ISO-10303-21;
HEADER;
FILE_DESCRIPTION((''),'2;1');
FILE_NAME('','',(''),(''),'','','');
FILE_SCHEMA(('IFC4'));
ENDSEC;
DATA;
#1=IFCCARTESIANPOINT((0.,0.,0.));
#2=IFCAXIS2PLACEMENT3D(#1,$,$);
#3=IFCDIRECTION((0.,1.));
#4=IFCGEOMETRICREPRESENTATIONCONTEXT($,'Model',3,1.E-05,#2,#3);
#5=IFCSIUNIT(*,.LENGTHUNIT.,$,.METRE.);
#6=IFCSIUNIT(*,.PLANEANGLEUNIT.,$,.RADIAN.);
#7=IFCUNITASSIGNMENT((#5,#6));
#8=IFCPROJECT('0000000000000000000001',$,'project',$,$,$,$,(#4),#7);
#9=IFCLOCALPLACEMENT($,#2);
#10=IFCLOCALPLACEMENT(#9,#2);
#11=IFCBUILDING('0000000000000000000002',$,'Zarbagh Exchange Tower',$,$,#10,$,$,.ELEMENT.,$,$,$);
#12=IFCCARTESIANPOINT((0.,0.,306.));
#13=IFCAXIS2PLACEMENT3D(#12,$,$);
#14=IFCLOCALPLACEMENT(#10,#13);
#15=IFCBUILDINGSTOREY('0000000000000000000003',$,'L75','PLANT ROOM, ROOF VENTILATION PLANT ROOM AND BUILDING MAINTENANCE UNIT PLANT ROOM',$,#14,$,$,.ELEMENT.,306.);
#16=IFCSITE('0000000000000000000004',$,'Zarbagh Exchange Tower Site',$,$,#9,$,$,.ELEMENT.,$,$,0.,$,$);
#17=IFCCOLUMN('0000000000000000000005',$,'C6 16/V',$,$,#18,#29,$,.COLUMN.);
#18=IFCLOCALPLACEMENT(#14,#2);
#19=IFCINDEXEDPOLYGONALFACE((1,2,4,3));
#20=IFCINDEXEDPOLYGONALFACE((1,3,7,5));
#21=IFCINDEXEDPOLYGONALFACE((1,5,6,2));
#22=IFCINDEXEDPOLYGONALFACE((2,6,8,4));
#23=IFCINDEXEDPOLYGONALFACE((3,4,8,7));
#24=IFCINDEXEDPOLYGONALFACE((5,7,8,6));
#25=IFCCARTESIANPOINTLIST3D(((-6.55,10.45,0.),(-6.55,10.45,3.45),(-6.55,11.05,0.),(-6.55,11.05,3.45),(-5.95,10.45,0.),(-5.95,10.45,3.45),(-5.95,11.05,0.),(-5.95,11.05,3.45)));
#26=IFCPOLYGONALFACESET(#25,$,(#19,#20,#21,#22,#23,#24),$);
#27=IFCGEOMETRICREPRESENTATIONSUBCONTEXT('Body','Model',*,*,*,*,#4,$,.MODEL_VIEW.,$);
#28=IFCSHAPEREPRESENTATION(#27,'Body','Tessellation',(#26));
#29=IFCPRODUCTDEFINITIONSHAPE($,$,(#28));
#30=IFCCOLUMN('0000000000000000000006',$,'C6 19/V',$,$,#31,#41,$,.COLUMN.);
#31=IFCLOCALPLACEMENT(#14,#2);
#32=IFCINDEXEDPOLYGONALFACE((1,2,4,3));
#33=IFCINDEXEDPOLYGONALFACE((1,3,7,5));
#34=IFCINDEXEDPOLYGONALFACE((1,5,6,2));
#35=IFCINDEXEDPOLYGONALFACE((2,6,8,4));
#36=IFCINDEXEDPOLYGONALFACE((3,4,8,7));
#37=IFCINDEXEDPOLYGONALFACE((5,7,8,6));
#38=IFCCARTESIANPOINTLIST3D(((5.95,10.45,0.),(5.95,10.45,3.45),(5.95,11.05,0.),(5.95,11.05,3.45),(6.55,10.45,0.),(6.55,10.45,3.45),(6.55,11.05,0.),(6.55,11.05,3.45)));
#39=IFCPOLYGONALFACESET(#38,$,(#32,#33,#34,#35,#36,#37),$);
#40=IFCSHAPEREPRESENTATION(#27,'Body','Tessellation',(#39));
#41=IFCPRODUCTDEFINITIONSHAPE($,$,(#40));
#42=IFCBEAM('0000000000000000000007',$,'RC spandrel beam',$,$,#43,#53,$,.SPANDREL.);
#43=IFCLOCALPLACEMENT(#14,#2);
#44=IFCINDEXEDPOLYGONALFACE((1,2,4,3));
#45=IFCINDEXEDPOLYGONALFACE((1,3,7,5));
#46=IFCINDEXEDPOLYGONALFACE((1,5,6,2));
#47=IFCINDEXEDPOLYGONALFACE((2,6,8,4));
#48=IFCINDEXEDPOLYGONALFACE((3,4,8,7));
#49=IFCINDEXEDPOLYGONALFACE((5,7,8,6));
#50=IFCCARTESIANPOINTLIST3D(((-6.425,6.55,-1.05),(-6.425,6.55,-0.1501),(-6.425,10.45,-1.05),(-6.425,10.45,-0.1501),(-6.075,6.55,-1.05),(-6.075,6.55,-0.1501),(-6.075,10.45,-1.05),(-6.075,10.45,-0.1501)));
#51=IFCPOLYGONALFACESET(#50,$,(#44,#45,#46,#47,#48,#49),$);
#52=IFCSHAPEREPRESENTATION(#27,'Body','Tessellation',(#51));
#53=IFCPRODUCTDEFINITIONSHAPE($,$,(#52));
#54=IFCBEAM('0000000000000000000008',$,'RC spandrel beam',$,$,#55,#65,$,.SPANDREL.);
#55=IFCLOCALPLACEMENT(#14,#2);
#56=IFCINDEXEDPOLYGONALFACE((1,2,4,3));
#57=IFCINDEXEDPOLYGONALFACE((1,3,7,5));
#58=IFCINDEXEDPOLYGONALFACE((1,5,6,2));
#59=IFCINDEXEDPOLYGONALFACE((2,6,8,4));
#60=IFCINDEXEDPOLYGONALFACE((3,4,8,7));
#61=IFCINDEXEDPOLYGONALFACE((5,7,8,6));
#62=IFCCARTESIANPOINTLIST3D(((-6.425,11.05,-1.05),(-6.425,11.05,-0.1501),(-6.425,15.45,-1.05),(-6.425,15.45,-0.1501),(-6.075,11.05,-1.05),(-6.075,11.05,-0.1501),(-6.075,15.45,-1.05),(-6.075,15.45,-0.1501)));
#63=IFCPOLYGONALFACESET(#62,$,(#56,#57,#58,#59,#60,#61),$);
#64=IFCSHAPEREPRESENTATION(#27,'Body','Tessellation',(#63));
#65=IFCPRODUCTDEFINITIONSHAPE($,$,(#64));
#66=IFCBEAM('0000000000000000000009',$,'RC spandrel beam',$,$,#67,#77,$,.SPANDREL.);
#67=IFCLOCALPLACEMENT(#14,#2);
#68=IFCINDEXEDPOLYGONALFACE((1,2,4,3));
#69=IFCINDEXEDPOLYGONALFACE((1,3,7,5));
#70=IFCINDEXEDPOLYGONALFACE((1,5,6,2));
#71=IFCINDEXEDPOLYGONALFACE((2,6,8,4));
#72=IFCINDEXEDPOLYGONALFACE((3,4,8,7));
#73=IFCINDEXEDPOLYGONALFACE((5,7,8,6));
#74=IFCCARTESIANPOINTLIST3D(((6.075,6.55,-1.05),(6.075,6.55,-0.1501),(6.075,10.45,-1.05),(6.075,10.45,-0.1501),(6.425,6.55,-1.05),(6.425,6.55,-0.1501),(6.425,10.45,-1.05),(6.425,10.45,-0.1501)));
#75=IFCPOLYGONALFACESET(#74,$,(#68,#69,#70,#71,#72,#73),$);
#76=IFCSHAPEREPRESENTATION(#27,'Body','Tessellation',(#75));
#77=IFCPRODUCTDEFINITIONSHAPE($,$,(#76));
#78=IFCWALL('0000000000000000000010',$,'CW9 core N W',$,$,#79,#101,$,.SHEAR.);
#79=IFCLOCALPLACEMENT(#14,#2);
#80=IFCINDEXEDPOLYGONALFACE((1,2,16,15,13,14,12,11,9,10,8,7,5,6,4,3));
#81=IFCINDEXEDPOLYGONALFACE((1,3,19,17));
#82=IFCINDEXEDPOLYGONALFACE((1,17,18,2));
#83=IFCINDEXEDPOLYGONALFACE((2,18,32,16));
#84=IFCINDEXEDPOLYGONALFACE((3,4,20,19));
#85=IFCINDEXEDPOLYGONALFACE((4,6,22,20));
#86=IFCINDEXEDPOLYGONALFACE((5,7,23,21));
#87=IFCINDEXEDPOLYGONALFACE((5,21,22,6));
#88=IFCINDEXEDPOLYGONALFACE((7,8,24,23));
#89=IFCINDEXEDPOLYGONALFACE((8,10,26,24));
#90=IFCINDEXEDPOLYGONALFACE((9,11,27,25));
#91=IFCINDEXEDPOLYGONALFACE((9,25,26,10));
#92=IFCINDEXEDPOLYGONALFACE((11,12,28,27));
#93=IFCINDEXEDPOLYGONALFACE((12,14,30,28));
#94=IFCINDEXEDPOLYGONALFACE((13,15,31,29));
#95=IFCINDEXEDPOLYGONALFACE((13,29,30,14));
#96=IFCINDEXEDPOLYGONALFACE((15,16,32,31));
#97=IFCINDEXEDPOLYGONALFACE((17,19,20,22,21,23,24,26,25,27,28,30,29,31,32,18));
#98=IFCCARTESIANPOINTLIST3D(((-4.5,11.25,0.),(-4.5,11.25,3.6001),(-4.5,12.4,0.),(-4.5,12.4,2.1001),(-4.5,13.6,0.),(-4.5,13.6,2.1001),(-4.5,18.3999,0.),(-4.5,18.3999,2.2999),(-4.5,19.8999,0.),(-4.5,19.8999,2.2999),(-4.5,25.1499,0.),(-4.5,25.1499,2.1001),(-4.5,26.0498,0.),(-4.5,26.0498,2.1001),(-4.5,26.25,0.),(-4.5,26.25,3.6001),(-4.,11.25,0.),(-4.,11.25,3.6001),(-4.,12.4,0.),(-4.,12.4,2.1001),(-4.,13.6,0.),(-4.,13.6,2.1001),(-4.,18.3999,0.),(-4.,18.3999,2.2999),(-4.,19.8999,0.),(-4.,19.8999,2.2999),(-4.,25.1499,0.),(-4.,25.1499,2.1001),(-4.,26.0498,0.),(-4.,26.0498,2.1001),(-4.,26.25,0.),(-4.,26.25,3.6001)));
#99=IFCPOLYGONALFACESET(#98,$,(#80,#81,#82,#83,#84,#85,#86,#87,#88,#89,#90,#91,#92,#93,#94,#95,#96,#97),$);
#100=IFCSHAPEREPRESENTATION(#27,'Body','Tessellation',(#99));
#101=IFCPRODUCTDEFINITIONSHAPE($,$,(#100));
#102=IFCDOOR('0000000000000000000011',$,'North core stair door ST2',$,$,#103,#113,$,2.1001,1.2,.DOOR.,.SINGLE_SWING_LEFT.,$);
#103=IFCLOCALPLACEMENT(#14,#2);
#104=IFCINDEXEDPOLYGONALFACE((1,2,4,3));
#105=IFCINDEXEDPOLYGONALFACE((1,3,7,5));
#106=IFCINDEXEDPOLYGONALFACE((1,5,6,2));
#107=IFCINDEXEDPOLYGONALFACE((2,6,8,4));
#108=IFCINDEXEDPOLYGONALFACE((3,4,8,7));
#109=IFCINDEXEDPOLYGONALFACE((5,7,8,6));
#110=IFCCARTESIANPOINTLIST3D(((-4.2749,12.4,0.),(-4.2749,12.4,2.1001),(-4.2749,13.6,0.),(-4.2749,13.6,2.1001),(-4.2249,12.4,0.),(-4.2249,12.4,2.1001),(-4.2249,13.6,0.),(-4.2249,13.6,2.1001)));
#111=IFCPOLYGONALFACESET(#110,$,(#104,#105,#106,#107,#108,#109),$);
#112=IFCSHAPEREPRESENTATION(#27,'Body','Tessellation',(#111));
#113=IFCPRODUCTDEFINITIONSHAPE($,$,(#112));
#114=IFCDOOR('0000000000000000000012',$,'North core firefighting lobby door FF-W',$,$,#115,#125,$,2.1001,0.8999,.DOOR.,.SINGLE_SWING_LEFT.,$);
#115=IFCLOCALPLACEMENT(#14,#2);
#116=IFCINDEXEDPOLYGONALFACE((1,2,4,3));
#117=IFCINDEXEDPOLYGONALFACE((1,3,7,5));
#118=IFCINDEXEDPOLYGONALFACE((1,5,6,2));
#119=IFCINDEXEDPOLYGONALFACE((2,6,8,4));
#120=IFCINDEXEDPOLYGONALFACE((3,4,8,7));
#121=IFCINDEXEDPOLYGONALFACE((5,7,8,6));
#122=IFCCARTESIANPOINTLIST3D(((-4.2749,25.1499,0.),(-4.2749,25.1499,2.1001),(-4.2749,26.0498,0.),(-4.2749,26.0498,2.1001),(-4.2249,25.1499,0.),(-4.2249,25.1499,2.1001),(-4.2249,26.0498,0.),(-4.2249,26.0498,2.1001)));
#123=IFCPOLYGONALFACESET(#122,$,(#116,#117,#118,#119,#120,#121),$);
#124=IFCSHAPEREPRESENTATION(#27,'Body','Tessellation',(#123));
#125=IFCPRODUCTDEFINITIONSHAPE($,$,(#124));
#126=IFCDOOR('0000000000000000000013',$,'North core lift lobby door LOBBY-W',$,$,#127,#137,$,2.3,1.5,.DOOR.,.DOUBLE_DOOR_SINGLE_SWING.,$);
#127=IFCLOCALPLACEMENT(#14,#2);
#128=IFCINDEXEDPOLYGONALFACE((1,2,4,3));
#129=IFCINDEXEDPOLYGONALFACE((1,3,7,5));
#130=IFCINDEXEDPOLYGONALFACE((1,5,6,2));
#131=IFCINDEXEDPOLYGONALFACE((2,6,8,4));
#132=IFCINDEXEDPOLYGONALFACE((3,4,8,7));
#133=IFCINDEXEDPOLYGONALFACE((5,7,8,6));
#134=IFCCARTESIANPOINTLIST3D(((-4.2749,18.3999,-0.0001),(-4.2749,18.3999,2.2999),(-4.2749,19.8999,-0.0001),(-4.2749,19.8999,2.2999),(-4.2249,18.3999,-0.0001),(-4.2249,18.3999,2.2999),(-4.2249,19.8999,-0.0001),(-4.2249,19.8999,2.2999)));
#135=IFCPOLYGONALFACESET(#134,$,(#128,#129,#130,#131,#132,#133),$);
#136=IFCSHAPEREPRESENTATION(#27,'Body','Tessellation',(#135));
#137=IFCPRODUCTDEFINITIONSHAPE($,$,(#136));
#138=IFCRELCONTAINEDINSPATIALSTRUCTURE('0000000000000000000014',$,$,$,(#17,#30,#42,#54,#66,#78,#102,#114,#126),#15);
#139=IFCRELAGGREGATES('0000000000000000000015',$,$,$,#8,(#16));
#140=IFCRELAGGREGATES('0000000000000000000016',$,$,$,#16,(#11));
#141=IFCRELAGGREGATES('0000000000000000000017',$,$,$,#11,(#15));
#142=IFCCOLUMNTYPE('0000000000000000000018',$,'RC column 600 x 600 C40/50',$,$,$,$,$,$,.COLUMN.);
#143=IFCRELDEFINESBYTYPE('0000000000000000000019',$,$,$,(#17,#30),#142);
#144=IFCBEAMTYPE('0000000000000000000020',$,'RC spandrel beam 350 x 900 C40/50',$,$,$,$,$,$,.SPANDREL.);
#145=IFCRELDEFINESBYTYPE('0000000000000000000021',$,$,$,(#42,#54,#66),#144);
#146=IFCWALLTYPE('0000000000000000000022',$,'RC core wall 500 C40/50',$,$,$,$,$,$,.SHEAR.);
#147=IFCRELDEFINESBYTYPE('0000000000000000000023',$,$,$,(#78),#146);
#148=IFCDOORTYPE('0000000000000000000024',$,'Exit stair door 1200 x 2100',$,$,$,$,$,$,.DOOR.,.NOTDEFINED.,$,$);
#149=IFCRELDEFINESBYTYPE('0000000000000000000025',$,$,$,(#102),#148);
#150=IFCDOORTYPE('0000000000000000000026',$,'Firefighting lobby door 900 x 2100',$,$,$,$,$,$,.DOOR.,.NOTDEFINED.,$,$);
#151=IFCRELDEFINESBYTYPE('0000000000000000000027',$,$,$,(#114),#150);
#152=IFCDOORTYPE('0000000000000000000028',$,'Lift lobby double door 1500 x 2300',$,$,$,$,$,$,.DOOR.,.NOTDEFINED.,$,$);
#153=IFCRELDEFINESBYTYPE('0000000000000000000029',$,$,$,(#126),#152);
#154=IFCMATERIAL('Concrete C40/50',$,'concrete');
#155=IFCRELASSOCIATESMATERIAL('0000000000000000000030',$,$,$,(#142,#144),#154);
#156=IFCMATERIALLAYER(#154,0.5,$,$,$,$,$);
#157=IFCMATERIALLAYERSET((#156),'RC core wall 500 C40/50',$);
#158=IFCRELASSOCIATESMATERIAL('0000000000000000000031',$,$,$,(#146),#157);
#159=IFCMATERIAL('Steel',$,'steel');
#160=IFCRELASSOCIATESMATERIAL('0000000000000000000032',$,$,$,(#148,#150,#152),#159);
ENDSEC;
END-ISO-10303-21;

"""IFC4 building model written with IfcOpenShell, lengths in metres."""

from ifc_helpers import new_model, si_unit, direction, frame, frame_2d, origin, origin_2d, place, context, subcontext, project, spatial, rectangle, extrude, material, layer, layer_set, material_profile, profile_set, type_object, element, fill, save


model = new_model("IFC4")

# Units and contexts
model_context = context("Model", 3, precision=1e-05, world=origin(), true_north=direction((0.0, 1.0)))
body_context = subcontext(model_context, "Body", "Model", "MODEL_VIEW")
ifc_project = project(units=[si_unit("LENGTHUNIT", "METRE"), si_unit("PLANEANGLEUNIT", "RADIAN")], contexts=[model_context])

# Site, building, storey
site_placement = place(None, origin())
site = spatial("IfcSite", under=ifc_project, at=site_placement, Name="Zarbagh Exchange Tower Site", CompositionType="ELEMENT", RefElevation=0.0)
building_placement = place(site_placement, origin())
building = spatial("IfcBuilding", under=site, at=building_placement, Name="Zarbagh Exchange Tower", CompositionType="ELEMENT")
storey_placement = place(building_placement, frame((0.0, 0.0, 306.0)))
storey = spatial("IfcBuildingStorey", under=building, at=storey_placement, Name="L75", Description="PLANT ROOM, ROOF VENTILATION PLANT ROOM AND BUILDING MAINTENANCE UNIT PLANT ROOM", CompositionType="ELEMENT", Elevation=306.0)

# Columns
ifc_material_1 = material(Name="Concrete C40/50", Category="concrete")
ifc_material_profile_1 = material_profile(ifc_material_1, rectangle(XDim=0.6001, YDim=0.6001, at=origin_2d()), Name="RC column 600 x 600 C40/50")
ifc_profile_set_1 = profile_set([ifc_material_profile_1], Name="Concrete C40/50")
column_type = type_object("IfcColumnType", Name="RC column 600 x 600 C40/50", PredefinedType="COLUMN", material=ifc_profile_set_1)
for number, where, z_axis, x_axis, name in (
    (1, (-6.25, 10.75, 0.0), (0.0, 0.0, 1.0), (1.0, 0.0, 0.0), "C6 16/V"),
    (2, (6.25, 10.75, 0.0), (0.0, 0.0, 1.0), (1.0, 0.0, 0.0), "C6 19/V"),
):
    element("IfcColumn", number, at=place(storey_placement, frame(where, z_axis=z_axis, x_axis=x_axis)), inside=storey, type_object=column_type, Name=name, PredefinedType="COLUMN", context=body_context, shape_type="SweptSolid", body=[
        extrude(rectangle(XDim=0.6001, YDim=0.6001, at=origin_2d()), origin(), (0.0, 0.0, 1.0), 3.45),
    ])

# Beams
ifc_material_profile_2 = material_profile(ifc_material_1, rectangle(XDim=0.3501, YDim=0.8999, at=origin_2d()), Name="RC spandrel beam 350 x 900 C40/50")
ifc_profile_set_2 = profile_set([ifc_material_profile_2], Name="Concrete C40/50")
beam_type = type_object("IfcBeamType", Name="RC spandrel beam 350 x 900 C40/50", PredefinedType="SPANDREL", material=ifc_profile_set_2)
beam_1_placement = place(storey_placement, frame((-6.25, 6.55, -0.6001), z_axis=(0.0, 1.0, 0.0), x_axis=(-1.0, 0.0, 0.0)))
element("IfcBeam", 3, at=beam_1_placement, inside=storey, type_object=beam_type, Name="RC spandrel beam", PredefinedType="SPANDREL", context=body_context, shape_type="SweptSolid", body=[
    extrude(rectangle(XDim=0.3501, YDim=0.8999, at=origin_2d()), origin(), (0.0, 0.0, 1.0), 3.8999),
])
beam_2_placement = place(storey_placement, frame((-6.25, 11.05, -0.6001), z_axis=(0.0, 1.0, 0.0), x_axis=(-1.0, 0.0, 0.0)))
element("IfcBeam", 4, at=beam_2_placement, inside=storey, type_object=beam_type, Name="RC spandrel beam", PredefinedType="SPANDREL", context=body_context, shape_type="SweptSolid", body=[
    extrude(rectangle(XDim=0.3501, YDim=0.8999, at=origin_2d()), origin(), (0.0, 0.0, 1.0), 4.3999),
])
beam_3_placement = place(storey_placement, frame((6.25, 10.45, -0.6001), z_axis=(0.0, -1.0, 0.0), x_axis=(1.0, 0.0, 0.0)))
element("IfcBeam", 5, at=beam_3_placement, inside=storey, type_object=beam_type, Name="RC spandrel beam", PredefinedType="SPANDREL", context=body_context, shape_type="SweptSolid", body=[
    extrude(rectangle(XDim=0.3501, YDim=0.8999, at=origin_2d()), origin(), (0.0, 0.0, 1.0), 3.8999),
])

# Wall, openings, doors
ifc_layer_1 = layer(ifc_material_1, 0.5)
ifc_layer_set_1 = layer_set([ifc_layer_1], Name="RC core wall 500 C40/50")
wall_type_1 = type_object("IfcWallType", Name="RC core wall 500 C40/50", PredefinedType="SHEAR", material=ifc_layer_set_1)
wall_1_placement = place(storey_placement, frame((-4.25, 11.25, 0.0), z_axis=(0.0, 0.0, 1.0), x_axis=(0.0, 1.0, 0.0)))
wall_1 = element("IfcWall", 6, at=wall_1_placement, inside=storey, type_object=wall_type_1, Name="CW9 core N W", PredefinedType="SHEAR", context=body_context, shape_type="SweptSolid", body=[
    extrude(rectangle(XDim=15.0, YDim=0.5, at=frame_2d((7.5, 0.0))), origin(), (0.0, 0.0, 1.0), 3.6001),
])
opening_1_placement = place(wall_1_placement, frame((7.1499, 0.0, 0.0)))
opening_1 = element("IfcOpeningElement", 7, at=opening_1_placement, cuts=wall_1, PredefinedType="OPENING", context=body_context, shape_type="SweptSolid", body=[
    extrude(rectangle(XDim=1.5, YDim=2.3, at=frame_2d((0.75, 1.1499))), frame((0.0, 0.26, 0.0), z_axis=(0.0, -1.0, 0.0), x_axis=(1.0, 0.0, 0.0)), (0.0, 0.0, 1.0), 0.52),
])
opening_2_placement = place(wall_1_placement, frame((13.8999, 0.0, 0.0)))
opening_2 = element("IfcOpeningElement", 8, at=opening_2_placement, cuts=wall_1, PredefinedType="OPENING", context=body_context, shape_type="SweptSolid", body=[
    extrude(rectangle(XDim=0.8999, YDim=2.1001, at=frame_2d((0.45, 1.05))), frame((0.0, 0.26, 0.0), z_axis=(0.0, -1.0, 0.0), x_axis=(1.0, 0.0, 0.0)), (0.0, 0.0, 1.0), 0.52),
])
opening_3_placement = place(wall_1_placement, frame((1.1499, 0.0, 0.0)))
opening_3 = element("IfcOpeningElement", 9, at=opening_3_placement, cuts=wall_1, PredefinedType="OPENING", context=body_context, shape_type="SweptSolid", body=[
    extrude(rectangle(XDim=1.2, YDim=2.1001, at=frame_2d((0.6001, 1.05))), frame((0.0, 0.26, 0.0), z_axis=(0.0, -1.0, 0.0), x_axis=(1.0, 0.0, 0.0)), (0.0, 0.0, 1.0), 0.52),
])
ifc_material_2 = material(Name="Steel", Category="steel")
door_type_1 = type_object("IfcDoorType", Name="Exit stair door 1200 x 2100", OperationType="NOTDEFINED", PredefinedType="DOOR", material=ifc_material_2)
door_1_placement = place(opening_3_placement, origin())
door_1 = element("IfcDoor", 10, at=door_1_placement, inside=storey, type_object=door_type_1, Name="North core stair door ST2", OperationType="SINGLE_SWING_LEFT", OverallHeight=2.1001, OverallWidth=1.2, PredefinedType="DOOR", context=body_context, shape_type="SweptSolid", body=[
    extrude(rectangle(XDim=1.2, YDim=2.1001, at=frame_2d((0.6001, 1.05))), frame((0.0, 0.0249, 0.0), z_axis=(0.0, -1.0, 0.0), x_axis=(1.0, 0.0, 0.0)), (0.0, 0.0, 1.0), 0.05),
])
fill(opening_3, door_1)
door_type_2 = type_object("IfcDoorType", Name="Firefighting lobby door 900 x 2100", OperationType="NOTDEFINED", PredefinedType="DOOR", material=ifc_material_2)
door_2_placement = place(opening_2_placement, origin())
door_2 = element("IfcDoor", 11, at=door_2_placement, inside=storey, type_object=door_type_2, Name="North core firefighting lobby door FF-W", OperationType="SINGLE_SWING_LEFT", OverallHeight=2.1001, OverallWidth=0.8999, PredefinedType="DOOR", context=body_context, shape_type="SweptSolid", body=[
    extrude(rectangle(XDim=0.8999, YDim=2.1001, at=frame_2d((0.45, 1.05))), frame((0.0, 0.0249, 0.0), z_axis=(0.0, -1.0, 0.0), x_axis=(1.0, 0.0, 0.0)), (0.0, 0.0, 1.0), 0.05),
])
fill(opening_2, door_2)
door_type_3 = type_object("IfcDoorType", Name="Lift lobby double door 1500 x 2300", OperationType="NOTDEFINED", PredefinedType="DOOR", material=ifc_material_2)
door_3_placement = place(opening_1_placement, origin())
door_3 = element("IfcDoor", 12, at=door_3_placement, inside=storey, type_object=door_type_3, Name="North core lift lobby door LOBBY-W", OperationType="DOUBLE_DOOR_SINGLE_SWING", OverallHeight=2.3, OverallWidth=1.5, PredefinedType="DOOR", context=body_context, shape_type="SweptSolid", body=[
    extrude(rectangle(XDim=1.5, YDim=2.3, at=frame_2d((0.75, 1.1499))), frame((0.0, 0.0249, 0.0), z_axis=(0.0, -1.0, 0.0), x_axis=(1.0, 0.0, 0.0)), (0.0, 0.0, 1.0), 0.05),
])
fill(opening_1, door_3)

save(model, "model.ifc")
